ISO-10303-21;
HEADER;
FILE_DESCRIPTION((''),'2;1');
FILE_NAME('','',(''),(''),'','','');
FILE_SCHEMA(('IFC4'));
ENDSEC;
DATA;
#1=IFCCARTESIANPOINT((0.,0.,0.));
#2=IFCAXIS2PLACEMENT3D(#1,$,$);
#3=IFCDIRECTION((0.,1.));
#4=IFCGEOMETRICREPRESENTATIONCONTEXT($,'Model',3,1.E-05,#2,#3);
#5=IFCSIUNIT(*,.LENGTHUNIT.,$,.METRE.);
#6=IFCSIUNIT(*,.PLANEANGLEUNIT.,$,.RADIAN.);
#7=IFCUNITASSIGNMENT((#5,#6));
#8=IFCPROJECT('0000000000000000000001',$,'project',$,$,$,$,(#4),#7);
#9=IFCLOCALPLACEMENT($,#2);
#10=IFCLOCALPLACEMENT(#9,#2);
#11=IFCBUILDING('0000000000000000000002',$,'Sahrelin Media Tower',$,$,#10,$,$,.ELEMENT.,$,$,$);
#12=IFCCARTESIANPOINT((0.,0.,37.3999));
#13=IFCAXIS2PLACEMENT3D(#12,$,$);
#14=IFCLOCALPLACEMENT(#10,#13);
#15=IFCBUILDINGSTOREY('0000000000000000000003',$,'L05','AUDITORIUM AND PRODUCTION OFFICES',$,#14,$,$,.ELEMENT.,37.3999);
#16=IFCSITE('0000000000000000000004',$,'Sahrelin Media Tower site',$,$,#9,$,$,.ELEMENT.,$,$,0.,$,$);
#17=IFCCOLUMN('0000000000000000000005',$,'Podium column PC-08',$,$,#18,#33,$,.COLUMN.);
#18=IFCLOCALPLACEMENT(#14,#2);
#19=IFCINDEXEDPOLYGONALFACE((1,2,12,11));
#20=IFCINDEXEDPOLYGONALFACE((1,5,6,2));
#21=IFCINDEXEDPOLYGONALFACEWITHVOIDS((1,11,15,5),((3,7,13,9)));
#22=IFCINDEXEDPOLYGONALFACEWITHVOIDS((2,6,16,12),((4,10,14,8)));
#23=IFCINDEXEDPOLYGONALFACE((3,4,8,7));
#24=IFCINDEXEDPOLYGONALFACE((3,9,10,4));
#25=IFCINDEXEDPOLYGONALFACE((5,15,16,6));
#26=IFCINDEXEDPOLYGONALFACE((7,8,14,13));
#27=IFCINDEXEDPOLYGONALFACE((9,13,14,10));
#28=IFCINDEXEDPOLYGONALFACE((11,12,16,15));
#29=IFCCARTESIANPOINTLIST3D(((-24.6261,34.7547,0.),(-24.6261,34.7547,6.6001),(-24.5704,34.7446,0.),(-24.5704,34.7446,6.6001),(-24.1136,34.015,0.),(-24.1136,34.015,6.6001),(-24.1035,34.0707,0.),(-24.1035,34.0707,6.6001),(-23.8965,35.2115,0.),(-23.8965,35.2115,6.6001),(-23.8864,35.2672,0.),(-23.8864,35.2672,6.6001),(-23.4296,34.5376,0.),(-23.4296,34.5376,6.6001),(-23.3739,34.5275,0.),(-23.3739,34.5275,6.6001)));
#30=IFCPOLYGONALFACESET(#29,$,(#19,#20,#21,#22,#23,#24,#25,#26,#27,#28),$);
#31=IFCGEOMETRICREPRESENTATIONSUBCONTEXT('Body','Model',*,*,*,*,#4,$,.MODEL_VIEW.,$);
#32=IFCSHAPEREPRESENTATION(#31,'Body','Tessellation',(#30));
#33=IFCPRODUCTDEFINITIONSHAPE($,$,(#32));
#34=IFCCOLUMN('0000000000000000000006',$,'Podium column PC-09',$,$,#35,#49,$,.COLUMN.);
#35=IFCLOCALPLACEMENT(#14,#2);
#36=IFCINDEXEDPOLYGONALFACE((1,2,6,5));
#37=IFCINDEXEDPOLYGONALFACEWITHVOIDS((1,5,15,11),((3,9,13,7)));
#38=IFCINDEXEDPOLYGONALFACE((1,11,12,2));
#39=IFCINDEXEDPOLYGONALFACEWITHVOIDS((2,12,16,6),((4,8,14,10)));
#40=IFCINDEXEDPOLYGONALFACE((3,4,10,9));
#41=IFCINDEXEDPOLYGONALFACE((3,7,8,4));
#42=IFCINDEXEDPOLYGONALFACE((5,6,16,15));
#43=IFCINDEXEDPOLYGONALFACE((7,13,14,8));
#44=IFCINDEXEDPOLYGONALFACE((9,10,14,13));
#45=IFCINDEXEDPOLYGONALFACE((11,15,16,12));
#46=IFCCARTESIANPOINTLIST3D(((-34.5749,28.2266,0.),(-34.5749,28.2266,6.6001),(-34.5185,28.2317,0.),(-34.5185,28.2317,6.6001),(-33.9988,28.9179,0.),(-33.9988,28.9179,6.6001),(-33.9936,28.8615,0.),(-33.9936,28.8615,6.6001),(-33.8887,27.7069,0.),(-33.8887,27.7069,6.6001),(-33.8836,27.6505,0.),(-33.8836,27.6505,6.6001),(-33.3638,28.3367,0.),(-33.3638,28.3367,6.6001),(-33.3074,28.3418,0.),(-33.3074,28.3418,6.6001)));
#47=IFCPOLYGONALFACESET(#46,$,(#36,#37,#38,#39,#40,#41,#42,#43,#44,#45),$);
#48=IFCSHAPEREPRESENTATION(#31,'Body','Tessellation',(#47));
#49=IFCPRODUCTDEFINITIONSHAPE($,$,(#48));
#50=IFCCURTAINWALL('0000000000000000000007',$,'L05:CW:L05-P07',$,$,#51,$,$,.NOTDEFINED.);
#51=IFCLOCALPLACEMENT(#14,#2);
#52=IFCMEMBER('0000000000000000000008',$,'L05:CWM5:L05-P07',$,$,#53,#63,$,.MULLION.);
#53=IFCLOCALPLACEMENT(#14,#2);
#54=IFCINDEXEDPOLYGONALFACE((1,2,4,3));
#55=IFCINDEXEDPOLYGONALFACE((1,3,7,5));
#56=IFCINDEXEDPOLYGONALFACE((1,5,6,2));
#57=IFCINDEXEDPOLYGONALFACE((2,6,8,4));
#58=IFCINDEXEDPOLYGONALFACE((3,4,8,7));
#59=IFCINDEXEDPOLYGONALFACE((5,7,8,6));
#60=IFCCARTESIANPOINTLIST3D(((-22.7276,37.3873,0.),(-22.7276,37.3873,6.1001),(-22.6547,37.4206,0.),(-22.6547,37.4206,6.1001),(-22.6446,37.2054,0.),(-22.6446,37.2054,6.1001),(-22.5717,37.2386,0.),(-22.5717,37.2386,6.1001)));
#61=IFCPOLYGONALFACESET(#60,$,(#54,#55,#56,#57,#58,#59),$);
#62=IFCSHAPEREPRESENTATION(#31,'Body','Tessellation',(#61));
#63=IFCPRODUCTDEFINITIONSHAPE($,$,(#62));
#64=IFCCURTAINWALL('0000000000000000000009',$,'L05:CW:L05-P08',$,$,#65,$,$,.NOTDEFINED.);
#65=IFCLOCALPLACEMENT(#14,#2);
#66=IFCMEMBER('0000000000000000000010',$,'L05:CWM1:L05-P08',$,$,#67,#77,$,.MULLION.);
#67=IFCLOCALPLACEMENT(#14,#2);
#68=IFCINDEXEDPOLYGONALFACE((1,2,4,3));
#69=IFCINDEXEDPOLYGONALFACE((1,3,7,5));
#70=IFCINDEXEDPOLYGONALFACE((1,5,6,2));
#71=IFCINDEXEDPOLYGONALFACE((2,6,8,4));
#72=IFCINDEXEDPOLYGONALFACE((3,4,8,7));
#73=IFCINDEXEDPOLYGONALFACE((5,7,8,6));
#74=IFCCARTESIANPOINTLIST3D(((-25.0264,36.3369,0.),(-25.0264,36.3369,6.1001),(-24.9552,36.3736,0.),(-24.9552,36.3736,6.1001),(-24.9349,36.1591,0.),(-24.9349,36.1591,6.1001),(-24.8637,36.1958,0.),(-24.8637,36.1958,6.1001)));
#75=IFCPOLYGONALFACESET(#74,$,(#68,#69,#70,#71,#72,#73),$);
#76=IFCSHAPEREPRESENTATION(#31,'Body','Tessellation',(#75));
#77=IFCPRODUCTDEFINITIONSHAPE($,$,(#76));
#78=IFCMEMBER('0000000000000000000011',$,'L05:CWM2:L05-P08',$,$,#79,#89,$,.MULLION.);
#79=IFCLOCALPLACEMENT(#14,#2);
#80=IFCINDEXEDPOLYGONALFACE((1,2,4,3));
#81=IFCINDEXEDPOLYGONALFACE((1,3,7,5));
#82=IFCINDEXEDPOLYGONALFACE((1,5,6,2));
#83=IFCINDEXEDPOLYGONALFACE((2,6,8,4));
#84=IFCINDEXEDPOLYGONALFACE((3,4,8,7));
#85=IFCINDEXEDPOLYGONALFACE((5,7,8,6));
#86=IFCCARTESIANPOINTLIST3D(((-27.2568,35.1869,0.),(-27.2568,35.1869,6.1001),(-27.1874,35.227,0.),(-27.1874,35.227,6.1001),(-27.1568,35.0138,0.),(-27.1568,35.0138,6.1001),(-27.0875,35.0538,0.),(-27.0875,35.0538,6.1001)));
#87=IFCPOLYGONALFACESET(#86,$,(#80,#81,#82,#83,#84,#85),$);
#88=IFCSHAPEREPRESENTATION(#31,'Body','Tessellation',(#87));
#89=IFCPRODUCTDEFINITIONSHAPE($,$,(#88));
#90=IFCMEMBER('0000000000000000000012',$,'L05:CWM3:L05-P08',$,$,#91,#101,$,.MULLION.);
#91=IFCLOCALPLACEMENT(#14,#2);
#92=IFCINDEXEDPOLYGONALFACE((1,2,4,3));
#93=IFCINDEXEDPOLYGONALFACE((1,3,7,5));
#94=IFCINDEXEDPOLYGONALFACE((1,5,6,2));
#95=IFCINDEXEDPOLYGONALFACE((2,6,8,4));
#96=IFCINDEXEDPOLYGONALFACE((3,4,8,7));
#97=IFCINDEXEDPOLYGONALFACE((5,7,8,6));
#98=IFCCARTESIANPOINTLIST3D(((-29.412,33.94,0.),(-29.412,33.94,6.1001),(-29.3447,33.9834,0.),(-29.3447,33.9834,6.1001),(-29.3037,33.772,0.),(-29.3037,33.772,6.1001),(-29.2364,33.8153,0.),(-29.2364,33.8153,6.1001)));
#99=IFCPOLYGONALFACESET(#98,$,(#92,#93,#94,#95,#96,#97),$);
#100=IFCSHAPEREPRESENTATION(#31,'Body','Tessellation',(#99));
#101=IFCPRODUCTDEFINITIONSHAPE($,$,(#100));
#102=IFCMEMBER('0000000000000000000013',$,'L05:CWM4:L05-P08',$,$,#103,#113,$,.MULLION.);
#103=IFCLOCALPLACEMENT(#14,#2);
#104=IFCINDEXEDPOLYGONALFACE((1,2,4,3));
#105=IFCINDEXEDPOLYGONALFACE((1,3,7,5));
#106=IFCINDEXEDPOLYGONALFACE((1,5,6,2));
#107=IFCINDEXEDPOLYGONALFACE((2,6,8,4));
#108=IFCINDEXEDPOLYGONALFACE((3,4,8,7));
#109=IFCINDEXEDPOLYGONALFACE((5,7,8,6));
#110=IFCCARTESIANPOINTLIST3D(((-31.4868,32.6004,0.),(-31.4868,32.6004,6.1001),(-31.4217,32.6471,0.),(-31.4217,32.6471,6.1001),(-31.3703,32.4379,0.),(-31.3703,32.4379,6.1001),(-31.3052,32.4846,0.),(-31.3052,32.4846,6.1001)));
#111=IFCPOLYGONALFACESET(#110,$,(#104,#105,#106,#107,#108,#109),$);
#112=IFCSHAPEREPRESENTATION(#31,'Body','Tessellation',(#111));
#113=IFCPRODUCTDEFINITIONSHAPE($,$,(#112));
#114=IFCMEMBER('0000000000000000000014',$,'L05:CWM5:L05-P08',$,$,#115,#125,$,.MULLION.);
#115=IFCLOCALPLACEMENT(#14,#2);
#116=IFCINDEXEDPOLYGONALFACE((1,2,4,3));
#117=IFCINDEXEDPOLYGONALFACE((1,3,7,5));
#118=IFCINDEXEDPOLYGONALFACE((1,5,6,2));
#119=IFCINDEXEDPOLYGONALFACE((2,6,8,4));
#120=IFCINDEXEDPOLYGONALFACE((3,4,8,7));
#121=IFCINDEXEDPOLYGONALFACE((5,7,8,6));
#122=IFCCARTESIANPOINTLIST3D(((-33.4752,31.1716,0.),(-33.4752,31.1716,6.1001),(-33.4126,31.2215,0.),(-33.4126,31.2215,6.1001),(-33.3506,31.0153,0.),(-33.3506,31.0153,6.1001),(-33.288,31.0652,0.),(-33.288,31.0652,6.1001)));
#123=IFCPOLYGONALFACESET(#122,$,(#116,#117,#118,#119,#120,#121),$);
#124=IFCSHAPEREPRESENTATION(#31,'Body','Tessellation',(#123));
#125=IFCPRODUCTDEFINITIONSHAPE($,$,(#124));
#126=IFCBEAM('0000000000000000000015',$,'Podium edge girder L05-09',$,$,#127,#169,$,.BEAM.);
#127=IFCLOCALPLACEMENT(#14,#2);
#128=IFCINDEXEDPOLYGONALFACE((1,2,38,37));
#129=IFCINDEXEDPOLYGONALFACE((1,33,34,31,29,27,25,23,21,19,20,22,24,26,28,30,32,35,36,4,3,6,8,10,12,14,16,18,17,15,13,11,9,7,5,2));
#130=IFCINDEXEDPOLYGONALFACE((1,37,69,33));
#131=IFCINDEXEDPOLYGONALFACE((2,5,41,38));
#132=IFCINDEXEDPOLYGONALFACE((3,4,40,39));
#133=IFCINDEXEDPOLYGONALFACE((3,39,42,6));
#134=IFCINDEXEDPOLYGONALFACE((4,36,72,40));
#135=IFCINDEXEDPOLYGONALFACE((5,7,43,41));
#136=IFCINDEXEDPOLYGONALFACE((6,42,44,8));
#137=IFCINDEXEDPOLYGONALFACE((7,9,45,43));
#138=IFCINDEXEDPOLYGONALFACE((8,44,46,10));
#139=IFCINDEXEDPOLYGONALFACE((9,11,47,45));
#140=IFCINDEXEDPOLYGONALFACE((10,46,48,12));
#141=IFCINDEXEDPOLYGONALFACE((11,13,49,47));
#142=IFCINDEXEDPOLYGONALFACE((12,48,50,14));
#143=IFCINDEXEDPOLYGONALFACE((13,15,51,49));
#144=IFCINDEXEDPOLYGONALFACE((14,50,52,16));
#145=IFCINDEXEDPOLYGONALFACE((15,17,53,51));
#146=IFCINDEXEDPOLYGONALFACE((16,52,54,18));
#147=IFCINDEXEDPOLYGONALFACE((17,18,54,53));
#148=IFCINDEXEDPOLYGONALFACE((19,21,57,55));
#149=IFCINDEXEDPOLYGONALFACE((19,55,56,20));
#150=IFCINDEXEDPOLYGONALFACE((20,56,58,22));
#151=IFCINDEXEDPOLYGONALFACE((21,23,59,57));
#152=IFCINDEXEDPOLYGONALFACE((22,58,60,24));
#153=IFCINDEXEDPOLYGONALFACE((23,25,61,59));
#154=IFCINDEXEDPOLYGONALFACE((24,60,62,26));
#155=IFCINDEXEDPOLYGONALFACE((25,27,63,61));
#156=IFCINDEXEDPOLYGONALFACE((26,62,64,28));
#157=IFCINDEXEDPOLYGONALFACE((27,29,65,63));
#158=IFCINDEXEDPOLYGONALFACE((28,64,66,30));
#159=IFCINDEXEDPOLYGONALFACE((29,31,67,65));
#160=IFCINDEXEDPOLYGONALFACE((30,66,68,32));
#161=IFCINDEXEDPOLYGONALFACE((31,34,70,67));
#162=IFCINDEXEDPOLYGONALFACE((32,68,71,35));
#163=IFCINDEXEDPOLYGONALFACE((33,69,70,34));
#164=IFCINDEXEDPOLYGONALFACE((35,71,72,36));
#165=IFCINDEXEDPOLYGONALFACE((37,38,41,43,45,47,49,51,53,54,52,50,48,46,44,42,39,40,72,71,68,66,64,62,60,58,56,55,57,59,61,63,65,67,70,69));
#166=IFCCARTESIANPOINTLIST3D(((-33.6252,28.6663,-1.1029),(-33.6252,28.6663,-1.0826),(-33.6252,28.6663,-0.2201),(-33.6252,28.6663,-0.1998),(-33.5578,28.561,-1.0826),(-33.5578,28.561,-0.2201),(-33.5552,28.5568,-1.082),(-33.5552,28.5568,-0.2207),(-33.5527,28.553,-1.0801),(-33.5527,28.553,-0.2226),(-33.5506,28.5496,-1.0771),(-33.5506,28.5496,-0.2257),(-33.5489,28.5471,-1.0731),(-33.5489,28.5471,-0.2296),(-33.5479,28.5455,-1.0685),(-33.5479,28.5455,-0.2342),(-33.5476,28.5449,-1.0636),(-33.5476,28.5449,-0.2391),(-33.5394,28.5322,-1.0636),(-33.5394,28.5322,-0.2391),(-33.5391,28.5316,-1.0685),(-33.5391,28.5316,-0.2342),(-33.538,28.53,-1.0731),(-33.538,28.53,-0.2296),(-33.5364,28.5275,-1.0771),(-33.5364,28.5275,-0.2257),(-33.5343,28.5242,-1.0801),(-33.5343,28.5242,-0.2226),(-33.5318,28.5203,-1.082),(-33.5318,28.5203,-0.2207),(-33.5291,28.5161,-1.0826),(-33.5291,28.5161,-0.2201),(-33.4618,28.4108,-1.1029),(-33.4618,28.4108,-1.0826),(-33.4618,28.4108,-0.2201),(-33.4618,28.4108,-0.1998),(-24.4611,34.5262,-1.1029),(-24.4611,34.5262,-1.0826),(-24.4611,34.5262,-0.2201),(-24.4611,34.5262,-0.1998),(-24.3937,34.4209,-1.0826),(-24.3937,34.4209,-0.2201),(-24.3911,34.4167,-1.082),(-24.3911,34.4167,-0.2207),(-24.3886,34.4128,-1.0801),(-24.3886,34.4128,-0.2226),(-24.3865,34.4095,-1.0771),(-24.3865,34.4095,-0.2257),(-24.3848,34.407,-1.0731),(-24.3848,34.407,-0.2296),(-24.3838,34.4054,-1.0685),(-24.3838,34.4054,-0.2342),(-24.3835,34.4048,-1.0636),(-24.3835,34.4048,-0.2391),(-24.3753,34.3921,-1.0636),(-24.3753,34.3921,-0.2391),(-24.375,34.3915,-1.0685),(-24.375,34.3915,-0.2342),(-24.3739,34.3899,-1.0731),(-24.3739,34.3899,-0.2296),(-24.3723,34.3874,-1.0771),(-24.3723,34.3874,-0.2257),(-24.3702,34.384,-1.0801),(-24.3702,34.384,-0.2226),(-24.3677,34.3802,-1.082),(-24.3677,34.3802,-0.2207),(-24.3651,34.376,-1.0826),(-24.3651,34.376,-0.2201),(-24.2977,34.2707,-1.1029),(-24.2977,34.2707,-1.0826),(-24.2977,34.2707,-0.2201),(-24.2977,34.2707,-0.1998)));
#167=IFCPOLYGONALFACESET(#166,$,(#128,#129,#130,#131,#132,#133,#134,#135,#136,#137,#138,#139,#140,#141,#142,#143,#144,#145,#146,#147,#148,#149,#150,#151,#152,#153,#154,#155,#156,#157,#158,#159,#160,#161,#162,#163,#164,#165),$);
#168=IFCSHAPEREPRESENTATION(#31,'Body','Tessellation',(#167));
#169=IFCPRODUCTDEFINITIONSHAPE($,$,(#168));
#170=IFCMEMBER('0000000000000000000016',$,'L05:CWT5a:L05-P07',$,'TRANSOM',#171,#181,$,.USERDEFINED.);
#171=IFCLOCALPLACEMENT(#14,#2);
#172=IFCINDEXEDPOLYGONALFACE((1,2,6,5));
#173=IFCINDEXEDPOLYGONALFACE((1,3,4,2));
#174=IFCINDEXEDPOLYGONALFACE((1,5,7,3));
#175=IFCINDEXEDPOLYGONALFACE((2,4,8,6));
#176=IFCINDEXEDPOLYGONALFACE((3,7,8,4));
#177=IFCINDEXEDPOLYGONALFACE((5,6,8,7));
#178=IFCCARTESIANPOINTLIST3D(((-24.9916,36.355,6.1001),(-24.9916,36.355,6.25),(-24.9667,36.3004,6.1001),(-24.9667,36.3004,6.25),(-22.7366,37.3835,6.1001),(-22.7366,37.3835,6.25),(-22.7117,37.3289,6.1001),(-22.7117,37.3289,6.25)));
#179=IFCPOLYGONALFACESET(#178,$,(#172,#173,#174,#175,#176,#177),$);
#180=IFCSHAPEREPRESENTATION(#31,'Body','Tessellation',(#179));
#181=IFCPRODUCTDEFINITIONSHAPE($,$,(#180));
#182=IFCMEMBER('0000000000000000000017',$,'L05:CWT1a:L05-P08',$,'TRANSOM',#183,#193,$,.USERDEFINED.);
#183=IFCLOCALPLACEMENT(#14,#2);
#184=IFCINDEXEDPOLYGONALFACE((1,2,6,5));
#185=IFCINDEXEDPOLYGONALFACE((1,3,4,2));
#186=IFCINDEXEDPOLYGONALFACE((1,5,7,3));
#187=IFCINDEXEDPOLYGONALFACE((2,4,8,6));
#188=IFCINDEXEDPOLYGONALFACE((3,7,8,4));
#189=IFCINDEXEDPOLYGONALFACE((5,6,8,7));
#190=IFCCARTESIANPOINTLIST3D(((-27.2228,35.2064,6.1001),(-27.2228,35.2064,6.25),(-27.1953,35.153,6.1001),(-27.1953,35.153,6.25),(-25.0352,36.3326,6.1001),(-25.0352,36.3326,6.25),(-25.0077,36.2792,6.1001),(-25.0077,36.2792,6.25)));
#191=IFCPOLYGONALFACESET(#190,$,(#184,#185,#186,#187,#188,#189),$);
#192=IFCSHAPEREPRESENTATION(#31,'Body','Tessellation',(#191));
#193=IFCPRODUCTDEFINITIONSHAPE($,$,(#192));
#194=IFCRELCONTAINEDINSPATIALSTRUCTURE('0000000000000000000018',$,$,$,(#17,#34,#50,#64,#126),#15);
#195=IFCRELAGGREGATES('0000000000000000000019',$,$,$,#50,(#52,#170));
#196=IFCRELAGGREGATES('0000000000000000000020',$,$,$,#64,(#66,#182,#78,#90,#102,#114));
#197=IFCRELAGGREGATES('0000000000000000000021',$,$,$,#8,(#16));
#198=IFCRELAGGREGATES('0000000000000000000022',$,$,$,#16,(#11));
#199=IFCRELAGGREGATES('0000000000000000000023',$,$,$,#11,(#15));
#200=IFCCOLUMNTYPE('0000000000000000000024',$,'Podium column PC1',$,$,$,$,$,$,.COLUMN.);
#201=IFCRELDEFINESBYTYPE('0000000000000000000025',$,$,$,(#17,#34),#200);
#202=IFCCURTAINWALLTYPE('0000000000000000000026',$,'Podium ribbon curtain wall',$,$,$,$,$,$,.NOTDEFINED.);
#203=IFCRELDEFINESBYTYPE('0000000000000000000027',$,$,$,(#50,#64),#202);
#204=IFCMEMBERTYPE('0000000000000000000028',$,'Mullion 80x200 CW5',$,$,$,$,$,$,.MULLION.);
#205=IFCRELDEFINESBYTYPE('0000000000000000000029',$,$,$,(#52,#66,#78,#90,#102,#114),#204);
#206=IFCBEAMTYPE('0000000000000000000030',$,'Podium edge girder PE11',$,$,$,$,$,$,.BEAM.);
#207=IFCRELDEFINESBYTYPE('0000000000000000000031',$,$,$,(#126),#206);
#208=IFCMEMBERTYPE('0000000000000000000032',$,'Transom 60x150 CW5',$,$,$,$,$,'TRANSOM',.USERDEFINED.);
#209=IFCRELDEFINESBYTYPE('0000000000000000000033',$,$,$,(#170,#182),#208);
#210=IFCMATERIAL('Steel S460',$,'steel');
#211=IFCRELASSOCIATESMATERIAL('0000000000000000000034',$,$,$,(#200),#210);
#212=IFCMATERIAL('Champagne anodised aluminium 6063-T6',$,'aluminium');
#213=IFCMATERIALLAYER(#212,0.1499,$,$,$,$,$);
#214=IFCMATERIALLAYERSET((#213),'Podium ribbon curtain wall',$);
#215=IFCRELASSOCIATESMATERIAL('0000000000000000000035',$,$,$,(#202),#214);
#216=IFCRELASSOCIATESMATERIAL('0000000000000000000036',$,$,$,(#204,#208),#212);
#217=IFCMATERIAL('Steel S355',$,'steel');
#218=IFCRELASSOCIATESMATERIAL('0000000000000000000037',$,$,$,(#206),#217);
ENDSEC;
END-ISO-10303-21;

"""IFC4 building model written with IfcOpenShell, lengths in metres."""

from ifc_helpers import new_model, si_unit, direction, frame, origin, origin_2d, place, context, subcontext, project, spatial, rectangle, hollow_rectangle, i_section, extrude, material, layer, layer_set, material_profile, profile_set, type_object, element, aggregate, save


model = new_model("IFC4")

# Units and contexts
model_context = context("Model", 3, precision=1e-05, world=origin(), true_north=direction((0.0, 1.0)))
body_context = subcontext(model_context, "Body", "Model", "MODEL_VIEW")
ifc_project = project(units=[si_unit("LENGTHUNIT", "METRE"), si_unit("PLANEANGLEUNIT", "RADIAN")], contexts=[model_context])

# Site, building, storey
site_placement = place(None, origin())
site = spatial("IfcSite", under=ifc_project, at=site_placement, Name="Sahrelin Media Tower site", CompositionType="ELEMENT", RefElevation=0.0)
building_placement = place(site_placement, origin())
building = spatial("IfcBuilding", under=site, at=building_placement, Name="Sahrelin Media Tower", CompositionType="ELEMENT")
storey_placement = place(building_placement, frame((0.0, 0.0, 37.3999)))
storey = spatial("IfcBuildingStorey", under=building, at=storey_placement, Name="L05", Description="AUDITORIUM AND PRODUCTION OFFICES", CompositionType="ELEMENT", Elevation=37.3999)

# Columns
ifc_material_1 = material(Name="Steel S460", Category="steel")
ifc_material_profile_1 = material_profile(ifc_material_1, hollow_rectangle(XDim=0.8999, YDim=0.8999, WallThickness=0.04, at=origin_2d()), Name="Podium column PC1")
ifc_profile_set_1 = profile_set([ifc_material_profile_1], Name="Steel S460")
column_type = type_object("IfcColumnType", Name="Podium column PC1", PredefinedType="COLUMN", material=ifc_profile_set_1)
for number, where, z_axis, x_axis, name in (
    (1, (-24.0, 34.6411, 0.0), (0.0, 0.0, 1.0), (-0.569495, 0.821995, 0.0), "Podium column PC-08"),
    (2, (-33.9412, 28.2842, 0.0), (0.0, 0.0, 1.0), (-0.768221, 0.640185, 0.0), "Podium column PC-09"),
):
    element("IfcColumn", number, at=place(storey_placement, frame(where, z_axis=z_axis, x_axis=x_axis)), inside=storey, type_object=column_type, Name=name, PredefinedType="COLUMN", context=body_context, shape_type="SweptSolid", body=[
        extrude(hollow_rectangle(XDim=0.8999, YDim=0.8999, WallThickness=0.04, at=origin_2d()), origin(), (0.0, 0.0, 1.0), 6.6001),
    ])

# Curtain wall, member
ifc_material_2 = material(Name="Champagne anodised aluminium 6063-T6", Category="aluminium")
ifc_layer_1 = layer(ifc_material_2, 0.1499)
ifc_layer_set_1 = layer_set([ifc_layer_1], Name="Podium ribbon curtain wall")
curtain_wall_type = type_object("IfcCurtainWallType", Name="Podium ribbon curtain wall", PredefinedType="NOTDEFINED", material=ifc_layer_set_1)
curtain_wall_1_placement = place(storey_placement, frame((-12.9409, 40.5688, 0.0), z_axis=(0.0, 0.0, 1.0), x_axis=(1.0, 0.0, 0.0)))
curtain_wall_1 = element("IfcCurtainWall", 3, at=curtain_wall_1_placement, inside=storey, type_object=curtain_wall_type, Name="L05:CW:L05-P07", PredefinedType="NOTDEFINED")
ifc_material_profile_2 = material_profile(ifc_material_2, rectangle(XDim=0.0801, YDim=0.2, at=origin_2d()), Name="Mullion 80x200")
ifc_profile_set_2 = profile_set([ifc_material_profile_2], Name="Champagne anodised aluminium 6063-T6")
member_type_1 = type_object("IfcMemberType", Name="Mullion 80x200 CW5", PredefinedType="MULLION", material=ifc_profile_set_2)
member_1_placement = place(storey_placement, frame((-22.6497, 37.313, 0.0), z_axis=(0.0, 0.0, 1.0), x_axis=(-0.909842, -0.414955, 0.0)))
member_1 = element("IfcMember", 4, at=member_1_placement, type_object=member_type_1, Name="L05:CWM5:L05-P07", PredefinedType="MULLION", context=body_context, shape_type="SweptSolid", body=[
    extrude(rectangle(XDim=0.0801, YDim=0.2, at=origin_2d()), origin(), (0.0, 0.0, 1.0), 6.1001),
])

# Curtain wall, members
curtain_wall_2_placement = place(storey_placement, frame((-25.0, 36.373, 0.0), z_axis=(0.0, 0.0, 1.0), x_axis=(1.0, 0.0, 0.0)))
curtain_wall_2 = element("IfcCurtainWall", 5, at=curtain_wall_2_placement, inside=storey, type_object=curtain_wall_type, Name="L05:CW:L05-P08", PredefinedType="NOTDEFINED")
member_2_placement = place(storey_placement, frame((-24.9451, 36.2664, 0.0), z_axis=(0.0, 0.0, 1.0), x_axis=(-0.889123, -0.457668, 0.0)))
member_2 = element("IfcMember", 6, at=member_2_placement, type_object=member_type_1, Name="L05:CWM1:L05-P08", PredefinedType="MULLION", context=body_context, shape_type="SweptSolid", body=[
    extrude(rectangle(XDim=0.0801, YDim=0.2, at=origin_2d()), origin(), (0.0, 0.0, 1.0), 6.1001),
])
member_3_placement = place(storey_placement, frame((-27.1721, 35.1204, 0.0), z_axis=(0.0, 0.0, 1.0), x_axis=(-0.866029, -0.499994, 0.0)))
member_3 = element("IfcMember", 7, at=member_3_placement, type_object=member_type_1, Name="L05:CWM2:L05-P08", PredefinedType="MULLION", context=body_context, shape_type="SweptSolid", body=[
    extrude(rectangle(XDim=0.0801, YDim=0.2, at=origin_2d()), origin(), (0.0, 0.0, 1.0), 6.1001),
])
member_4_placement = place(storey_placement, frame((-29.3242, 33.8777, 0.0), z_axis=(0.0, 0.0, 1.0), x_axis=(-0.840519, -0.541782, 0.0)))
member_4 = element("IfcMember", 8, at=member_4_placement, type_object=member_type_1, Name="L05:CWM3:L05-P08", PredefinedType="MULLION", context=body_context, shape_type="SweptSolid", body=[
    extrude(rectangle(XDim=0.0801, YDim=0.2, at=origin_2d()), origin(), (0.0, 0.0, 1.0), 6.1001),
])
member_5_placement = place(storey_placement, frame((-31.396, 32.5425, 0.0), z_axis=(0.0, 0.0, 1.0), x_axis=(-0.812532, -0.582916, 0.0)))
member_5 = element("IfcMember", 9, at=member_5_placement, type_object=member_type_1, Name="L05:CWM4:L05-P08", PredefinedType="MULLION", context=body_context, shape_type="SweptSolid", body=[
    extrude(rectangle(XDim=0.0801, YDim=0.2, at=origin_2d()), origin(), (0.0, 0.0, 1.0), 6.1001),
])
member_6_placement = place(storey_placement, frame((-33.3816, 31.1184, 0.0), z_axis=(0.0, 0.0, 1.0), x_axis=(-0.78196, -0.623328, 0.0)))
member_6 = element("IfcMember", 10, at=member_6_placement, type_object=member_type_1, Name="L05:CWM5:L05-P08", PredefinedType="MULLION", context=body_context, shape_type="SweptSolid", body=[
    extrude(rectangle(XDim=0.0801, YDim=0.2, at=origin_2d()), origin(), (0.0, 0.0, 1.0), 6.1001),
])

# Beam
ifc_material_3 = material(Name="Steel S355", Category="steel")
ifc_material_profile_3 = material_profile(ifc_material_3, i_section(OverallWidth=0.3032, OverallDepth=0.9031, WebThickness=0.0151, FlangeThickness=0.0203, FilletRadius=0.019, at=origin_2d()), Name="UB 914x305x201")
ifc_profile_set_3 = profile_set([ifc_material_profile_3], Name="Steel S355")
beam_type = type_object("IfcBeamType", Name="Podium edge girder PE11", PredefinedType="BEAM", material=ifc_profile_set_3)
beam_placement = place(storey_placement, frame((-24.3794, 34.3984, -0.6514), z_axis=(-0.842486, -0.538719, 0.0), x_axis=(0.538719, -0.842486, 0.0)))
element("IfcBeam", 11, at=beam_placement, inside=storey, type_object=beam_type, Name="Podium edge girder L05-09", PredefinedType="BEAM", context=body_context, shape_type="SweptSolid", body=[
    extrude(i_section(OverallWidth=0.3032, OverallDepth=0.9031, WebThickness=0.0151, FlangeThickness=0.0203, FilletRadius=0.019, at=origin_2d()), origin(), (0.0, 0.0, 1.0), 10.8774),
])

# Members
ifc_material_profile_4 = material_profile(ifc_material_2, rectangle(XDim=0.0601, YDim=0.1499, at=origin_2d()), Name="Transom 60x150")
ifc_profile_set_4 = profile_set([ifc_material_profile_4], Name="Champagne anodised aluminium 6063-T6")
member_type_2 = type_object("IfcMemberType", Name="Transom 60x150 CW5", ElementType="TRANSOM", PredefinedType="USERDEFINED", material=ifc_profile_set_4)
member_7_placement = place(storey_placement, frame((-22.7241, 37.3562, 6.175), z_axis=(-0.909833, -0.414975, 0.0), x_axis=(0.414975, -0.909833, 0.0)))
member_7 = element("IfcMember", 12, at=member_7_placement, type_object=member_type_2, Name="L05:CWT5a:L05-P07", ObjectType="TRANSOM", PredefinedType="USERDEFINED", context=body_context, shape_type="SweptSolid", body=[
    extrude(rectangle(XDim=0.0601, YDim=0.1499, at=origin_2d()), origin(), (0.0, 0.0, 1.0), 2.4785),
])
member_8_placement = place(storey_placement, frame((-25.0215, 36.3059, 6.175), z_axis=(-0.889086, -0.45774, 0.0), x_axis=(0.45774, -0.889086, 0.0)))
member_8 = element("IfcMember", 13, at=member_8_placement, type_object=member_type_2, Name="L05:CWT1a:L05-P08", ObjectType="TRANSOM", PredefinedType="USERDEFINED", context=body_context, shape_type="SweptSolid", body=[
    extrude(rectangle(XDim=0.0601, YDim=0.1499, at=origin_2d()), origin(), (0.0, 0.0, 1.0), 2.4604),
])

aggregate(curtain_wall_1, [member_1, member_7])
aggregate(curtain_wall_2, [member_2, member_8, member_3, member_4, member_5, member_6])

save(model, "model.ifc")
